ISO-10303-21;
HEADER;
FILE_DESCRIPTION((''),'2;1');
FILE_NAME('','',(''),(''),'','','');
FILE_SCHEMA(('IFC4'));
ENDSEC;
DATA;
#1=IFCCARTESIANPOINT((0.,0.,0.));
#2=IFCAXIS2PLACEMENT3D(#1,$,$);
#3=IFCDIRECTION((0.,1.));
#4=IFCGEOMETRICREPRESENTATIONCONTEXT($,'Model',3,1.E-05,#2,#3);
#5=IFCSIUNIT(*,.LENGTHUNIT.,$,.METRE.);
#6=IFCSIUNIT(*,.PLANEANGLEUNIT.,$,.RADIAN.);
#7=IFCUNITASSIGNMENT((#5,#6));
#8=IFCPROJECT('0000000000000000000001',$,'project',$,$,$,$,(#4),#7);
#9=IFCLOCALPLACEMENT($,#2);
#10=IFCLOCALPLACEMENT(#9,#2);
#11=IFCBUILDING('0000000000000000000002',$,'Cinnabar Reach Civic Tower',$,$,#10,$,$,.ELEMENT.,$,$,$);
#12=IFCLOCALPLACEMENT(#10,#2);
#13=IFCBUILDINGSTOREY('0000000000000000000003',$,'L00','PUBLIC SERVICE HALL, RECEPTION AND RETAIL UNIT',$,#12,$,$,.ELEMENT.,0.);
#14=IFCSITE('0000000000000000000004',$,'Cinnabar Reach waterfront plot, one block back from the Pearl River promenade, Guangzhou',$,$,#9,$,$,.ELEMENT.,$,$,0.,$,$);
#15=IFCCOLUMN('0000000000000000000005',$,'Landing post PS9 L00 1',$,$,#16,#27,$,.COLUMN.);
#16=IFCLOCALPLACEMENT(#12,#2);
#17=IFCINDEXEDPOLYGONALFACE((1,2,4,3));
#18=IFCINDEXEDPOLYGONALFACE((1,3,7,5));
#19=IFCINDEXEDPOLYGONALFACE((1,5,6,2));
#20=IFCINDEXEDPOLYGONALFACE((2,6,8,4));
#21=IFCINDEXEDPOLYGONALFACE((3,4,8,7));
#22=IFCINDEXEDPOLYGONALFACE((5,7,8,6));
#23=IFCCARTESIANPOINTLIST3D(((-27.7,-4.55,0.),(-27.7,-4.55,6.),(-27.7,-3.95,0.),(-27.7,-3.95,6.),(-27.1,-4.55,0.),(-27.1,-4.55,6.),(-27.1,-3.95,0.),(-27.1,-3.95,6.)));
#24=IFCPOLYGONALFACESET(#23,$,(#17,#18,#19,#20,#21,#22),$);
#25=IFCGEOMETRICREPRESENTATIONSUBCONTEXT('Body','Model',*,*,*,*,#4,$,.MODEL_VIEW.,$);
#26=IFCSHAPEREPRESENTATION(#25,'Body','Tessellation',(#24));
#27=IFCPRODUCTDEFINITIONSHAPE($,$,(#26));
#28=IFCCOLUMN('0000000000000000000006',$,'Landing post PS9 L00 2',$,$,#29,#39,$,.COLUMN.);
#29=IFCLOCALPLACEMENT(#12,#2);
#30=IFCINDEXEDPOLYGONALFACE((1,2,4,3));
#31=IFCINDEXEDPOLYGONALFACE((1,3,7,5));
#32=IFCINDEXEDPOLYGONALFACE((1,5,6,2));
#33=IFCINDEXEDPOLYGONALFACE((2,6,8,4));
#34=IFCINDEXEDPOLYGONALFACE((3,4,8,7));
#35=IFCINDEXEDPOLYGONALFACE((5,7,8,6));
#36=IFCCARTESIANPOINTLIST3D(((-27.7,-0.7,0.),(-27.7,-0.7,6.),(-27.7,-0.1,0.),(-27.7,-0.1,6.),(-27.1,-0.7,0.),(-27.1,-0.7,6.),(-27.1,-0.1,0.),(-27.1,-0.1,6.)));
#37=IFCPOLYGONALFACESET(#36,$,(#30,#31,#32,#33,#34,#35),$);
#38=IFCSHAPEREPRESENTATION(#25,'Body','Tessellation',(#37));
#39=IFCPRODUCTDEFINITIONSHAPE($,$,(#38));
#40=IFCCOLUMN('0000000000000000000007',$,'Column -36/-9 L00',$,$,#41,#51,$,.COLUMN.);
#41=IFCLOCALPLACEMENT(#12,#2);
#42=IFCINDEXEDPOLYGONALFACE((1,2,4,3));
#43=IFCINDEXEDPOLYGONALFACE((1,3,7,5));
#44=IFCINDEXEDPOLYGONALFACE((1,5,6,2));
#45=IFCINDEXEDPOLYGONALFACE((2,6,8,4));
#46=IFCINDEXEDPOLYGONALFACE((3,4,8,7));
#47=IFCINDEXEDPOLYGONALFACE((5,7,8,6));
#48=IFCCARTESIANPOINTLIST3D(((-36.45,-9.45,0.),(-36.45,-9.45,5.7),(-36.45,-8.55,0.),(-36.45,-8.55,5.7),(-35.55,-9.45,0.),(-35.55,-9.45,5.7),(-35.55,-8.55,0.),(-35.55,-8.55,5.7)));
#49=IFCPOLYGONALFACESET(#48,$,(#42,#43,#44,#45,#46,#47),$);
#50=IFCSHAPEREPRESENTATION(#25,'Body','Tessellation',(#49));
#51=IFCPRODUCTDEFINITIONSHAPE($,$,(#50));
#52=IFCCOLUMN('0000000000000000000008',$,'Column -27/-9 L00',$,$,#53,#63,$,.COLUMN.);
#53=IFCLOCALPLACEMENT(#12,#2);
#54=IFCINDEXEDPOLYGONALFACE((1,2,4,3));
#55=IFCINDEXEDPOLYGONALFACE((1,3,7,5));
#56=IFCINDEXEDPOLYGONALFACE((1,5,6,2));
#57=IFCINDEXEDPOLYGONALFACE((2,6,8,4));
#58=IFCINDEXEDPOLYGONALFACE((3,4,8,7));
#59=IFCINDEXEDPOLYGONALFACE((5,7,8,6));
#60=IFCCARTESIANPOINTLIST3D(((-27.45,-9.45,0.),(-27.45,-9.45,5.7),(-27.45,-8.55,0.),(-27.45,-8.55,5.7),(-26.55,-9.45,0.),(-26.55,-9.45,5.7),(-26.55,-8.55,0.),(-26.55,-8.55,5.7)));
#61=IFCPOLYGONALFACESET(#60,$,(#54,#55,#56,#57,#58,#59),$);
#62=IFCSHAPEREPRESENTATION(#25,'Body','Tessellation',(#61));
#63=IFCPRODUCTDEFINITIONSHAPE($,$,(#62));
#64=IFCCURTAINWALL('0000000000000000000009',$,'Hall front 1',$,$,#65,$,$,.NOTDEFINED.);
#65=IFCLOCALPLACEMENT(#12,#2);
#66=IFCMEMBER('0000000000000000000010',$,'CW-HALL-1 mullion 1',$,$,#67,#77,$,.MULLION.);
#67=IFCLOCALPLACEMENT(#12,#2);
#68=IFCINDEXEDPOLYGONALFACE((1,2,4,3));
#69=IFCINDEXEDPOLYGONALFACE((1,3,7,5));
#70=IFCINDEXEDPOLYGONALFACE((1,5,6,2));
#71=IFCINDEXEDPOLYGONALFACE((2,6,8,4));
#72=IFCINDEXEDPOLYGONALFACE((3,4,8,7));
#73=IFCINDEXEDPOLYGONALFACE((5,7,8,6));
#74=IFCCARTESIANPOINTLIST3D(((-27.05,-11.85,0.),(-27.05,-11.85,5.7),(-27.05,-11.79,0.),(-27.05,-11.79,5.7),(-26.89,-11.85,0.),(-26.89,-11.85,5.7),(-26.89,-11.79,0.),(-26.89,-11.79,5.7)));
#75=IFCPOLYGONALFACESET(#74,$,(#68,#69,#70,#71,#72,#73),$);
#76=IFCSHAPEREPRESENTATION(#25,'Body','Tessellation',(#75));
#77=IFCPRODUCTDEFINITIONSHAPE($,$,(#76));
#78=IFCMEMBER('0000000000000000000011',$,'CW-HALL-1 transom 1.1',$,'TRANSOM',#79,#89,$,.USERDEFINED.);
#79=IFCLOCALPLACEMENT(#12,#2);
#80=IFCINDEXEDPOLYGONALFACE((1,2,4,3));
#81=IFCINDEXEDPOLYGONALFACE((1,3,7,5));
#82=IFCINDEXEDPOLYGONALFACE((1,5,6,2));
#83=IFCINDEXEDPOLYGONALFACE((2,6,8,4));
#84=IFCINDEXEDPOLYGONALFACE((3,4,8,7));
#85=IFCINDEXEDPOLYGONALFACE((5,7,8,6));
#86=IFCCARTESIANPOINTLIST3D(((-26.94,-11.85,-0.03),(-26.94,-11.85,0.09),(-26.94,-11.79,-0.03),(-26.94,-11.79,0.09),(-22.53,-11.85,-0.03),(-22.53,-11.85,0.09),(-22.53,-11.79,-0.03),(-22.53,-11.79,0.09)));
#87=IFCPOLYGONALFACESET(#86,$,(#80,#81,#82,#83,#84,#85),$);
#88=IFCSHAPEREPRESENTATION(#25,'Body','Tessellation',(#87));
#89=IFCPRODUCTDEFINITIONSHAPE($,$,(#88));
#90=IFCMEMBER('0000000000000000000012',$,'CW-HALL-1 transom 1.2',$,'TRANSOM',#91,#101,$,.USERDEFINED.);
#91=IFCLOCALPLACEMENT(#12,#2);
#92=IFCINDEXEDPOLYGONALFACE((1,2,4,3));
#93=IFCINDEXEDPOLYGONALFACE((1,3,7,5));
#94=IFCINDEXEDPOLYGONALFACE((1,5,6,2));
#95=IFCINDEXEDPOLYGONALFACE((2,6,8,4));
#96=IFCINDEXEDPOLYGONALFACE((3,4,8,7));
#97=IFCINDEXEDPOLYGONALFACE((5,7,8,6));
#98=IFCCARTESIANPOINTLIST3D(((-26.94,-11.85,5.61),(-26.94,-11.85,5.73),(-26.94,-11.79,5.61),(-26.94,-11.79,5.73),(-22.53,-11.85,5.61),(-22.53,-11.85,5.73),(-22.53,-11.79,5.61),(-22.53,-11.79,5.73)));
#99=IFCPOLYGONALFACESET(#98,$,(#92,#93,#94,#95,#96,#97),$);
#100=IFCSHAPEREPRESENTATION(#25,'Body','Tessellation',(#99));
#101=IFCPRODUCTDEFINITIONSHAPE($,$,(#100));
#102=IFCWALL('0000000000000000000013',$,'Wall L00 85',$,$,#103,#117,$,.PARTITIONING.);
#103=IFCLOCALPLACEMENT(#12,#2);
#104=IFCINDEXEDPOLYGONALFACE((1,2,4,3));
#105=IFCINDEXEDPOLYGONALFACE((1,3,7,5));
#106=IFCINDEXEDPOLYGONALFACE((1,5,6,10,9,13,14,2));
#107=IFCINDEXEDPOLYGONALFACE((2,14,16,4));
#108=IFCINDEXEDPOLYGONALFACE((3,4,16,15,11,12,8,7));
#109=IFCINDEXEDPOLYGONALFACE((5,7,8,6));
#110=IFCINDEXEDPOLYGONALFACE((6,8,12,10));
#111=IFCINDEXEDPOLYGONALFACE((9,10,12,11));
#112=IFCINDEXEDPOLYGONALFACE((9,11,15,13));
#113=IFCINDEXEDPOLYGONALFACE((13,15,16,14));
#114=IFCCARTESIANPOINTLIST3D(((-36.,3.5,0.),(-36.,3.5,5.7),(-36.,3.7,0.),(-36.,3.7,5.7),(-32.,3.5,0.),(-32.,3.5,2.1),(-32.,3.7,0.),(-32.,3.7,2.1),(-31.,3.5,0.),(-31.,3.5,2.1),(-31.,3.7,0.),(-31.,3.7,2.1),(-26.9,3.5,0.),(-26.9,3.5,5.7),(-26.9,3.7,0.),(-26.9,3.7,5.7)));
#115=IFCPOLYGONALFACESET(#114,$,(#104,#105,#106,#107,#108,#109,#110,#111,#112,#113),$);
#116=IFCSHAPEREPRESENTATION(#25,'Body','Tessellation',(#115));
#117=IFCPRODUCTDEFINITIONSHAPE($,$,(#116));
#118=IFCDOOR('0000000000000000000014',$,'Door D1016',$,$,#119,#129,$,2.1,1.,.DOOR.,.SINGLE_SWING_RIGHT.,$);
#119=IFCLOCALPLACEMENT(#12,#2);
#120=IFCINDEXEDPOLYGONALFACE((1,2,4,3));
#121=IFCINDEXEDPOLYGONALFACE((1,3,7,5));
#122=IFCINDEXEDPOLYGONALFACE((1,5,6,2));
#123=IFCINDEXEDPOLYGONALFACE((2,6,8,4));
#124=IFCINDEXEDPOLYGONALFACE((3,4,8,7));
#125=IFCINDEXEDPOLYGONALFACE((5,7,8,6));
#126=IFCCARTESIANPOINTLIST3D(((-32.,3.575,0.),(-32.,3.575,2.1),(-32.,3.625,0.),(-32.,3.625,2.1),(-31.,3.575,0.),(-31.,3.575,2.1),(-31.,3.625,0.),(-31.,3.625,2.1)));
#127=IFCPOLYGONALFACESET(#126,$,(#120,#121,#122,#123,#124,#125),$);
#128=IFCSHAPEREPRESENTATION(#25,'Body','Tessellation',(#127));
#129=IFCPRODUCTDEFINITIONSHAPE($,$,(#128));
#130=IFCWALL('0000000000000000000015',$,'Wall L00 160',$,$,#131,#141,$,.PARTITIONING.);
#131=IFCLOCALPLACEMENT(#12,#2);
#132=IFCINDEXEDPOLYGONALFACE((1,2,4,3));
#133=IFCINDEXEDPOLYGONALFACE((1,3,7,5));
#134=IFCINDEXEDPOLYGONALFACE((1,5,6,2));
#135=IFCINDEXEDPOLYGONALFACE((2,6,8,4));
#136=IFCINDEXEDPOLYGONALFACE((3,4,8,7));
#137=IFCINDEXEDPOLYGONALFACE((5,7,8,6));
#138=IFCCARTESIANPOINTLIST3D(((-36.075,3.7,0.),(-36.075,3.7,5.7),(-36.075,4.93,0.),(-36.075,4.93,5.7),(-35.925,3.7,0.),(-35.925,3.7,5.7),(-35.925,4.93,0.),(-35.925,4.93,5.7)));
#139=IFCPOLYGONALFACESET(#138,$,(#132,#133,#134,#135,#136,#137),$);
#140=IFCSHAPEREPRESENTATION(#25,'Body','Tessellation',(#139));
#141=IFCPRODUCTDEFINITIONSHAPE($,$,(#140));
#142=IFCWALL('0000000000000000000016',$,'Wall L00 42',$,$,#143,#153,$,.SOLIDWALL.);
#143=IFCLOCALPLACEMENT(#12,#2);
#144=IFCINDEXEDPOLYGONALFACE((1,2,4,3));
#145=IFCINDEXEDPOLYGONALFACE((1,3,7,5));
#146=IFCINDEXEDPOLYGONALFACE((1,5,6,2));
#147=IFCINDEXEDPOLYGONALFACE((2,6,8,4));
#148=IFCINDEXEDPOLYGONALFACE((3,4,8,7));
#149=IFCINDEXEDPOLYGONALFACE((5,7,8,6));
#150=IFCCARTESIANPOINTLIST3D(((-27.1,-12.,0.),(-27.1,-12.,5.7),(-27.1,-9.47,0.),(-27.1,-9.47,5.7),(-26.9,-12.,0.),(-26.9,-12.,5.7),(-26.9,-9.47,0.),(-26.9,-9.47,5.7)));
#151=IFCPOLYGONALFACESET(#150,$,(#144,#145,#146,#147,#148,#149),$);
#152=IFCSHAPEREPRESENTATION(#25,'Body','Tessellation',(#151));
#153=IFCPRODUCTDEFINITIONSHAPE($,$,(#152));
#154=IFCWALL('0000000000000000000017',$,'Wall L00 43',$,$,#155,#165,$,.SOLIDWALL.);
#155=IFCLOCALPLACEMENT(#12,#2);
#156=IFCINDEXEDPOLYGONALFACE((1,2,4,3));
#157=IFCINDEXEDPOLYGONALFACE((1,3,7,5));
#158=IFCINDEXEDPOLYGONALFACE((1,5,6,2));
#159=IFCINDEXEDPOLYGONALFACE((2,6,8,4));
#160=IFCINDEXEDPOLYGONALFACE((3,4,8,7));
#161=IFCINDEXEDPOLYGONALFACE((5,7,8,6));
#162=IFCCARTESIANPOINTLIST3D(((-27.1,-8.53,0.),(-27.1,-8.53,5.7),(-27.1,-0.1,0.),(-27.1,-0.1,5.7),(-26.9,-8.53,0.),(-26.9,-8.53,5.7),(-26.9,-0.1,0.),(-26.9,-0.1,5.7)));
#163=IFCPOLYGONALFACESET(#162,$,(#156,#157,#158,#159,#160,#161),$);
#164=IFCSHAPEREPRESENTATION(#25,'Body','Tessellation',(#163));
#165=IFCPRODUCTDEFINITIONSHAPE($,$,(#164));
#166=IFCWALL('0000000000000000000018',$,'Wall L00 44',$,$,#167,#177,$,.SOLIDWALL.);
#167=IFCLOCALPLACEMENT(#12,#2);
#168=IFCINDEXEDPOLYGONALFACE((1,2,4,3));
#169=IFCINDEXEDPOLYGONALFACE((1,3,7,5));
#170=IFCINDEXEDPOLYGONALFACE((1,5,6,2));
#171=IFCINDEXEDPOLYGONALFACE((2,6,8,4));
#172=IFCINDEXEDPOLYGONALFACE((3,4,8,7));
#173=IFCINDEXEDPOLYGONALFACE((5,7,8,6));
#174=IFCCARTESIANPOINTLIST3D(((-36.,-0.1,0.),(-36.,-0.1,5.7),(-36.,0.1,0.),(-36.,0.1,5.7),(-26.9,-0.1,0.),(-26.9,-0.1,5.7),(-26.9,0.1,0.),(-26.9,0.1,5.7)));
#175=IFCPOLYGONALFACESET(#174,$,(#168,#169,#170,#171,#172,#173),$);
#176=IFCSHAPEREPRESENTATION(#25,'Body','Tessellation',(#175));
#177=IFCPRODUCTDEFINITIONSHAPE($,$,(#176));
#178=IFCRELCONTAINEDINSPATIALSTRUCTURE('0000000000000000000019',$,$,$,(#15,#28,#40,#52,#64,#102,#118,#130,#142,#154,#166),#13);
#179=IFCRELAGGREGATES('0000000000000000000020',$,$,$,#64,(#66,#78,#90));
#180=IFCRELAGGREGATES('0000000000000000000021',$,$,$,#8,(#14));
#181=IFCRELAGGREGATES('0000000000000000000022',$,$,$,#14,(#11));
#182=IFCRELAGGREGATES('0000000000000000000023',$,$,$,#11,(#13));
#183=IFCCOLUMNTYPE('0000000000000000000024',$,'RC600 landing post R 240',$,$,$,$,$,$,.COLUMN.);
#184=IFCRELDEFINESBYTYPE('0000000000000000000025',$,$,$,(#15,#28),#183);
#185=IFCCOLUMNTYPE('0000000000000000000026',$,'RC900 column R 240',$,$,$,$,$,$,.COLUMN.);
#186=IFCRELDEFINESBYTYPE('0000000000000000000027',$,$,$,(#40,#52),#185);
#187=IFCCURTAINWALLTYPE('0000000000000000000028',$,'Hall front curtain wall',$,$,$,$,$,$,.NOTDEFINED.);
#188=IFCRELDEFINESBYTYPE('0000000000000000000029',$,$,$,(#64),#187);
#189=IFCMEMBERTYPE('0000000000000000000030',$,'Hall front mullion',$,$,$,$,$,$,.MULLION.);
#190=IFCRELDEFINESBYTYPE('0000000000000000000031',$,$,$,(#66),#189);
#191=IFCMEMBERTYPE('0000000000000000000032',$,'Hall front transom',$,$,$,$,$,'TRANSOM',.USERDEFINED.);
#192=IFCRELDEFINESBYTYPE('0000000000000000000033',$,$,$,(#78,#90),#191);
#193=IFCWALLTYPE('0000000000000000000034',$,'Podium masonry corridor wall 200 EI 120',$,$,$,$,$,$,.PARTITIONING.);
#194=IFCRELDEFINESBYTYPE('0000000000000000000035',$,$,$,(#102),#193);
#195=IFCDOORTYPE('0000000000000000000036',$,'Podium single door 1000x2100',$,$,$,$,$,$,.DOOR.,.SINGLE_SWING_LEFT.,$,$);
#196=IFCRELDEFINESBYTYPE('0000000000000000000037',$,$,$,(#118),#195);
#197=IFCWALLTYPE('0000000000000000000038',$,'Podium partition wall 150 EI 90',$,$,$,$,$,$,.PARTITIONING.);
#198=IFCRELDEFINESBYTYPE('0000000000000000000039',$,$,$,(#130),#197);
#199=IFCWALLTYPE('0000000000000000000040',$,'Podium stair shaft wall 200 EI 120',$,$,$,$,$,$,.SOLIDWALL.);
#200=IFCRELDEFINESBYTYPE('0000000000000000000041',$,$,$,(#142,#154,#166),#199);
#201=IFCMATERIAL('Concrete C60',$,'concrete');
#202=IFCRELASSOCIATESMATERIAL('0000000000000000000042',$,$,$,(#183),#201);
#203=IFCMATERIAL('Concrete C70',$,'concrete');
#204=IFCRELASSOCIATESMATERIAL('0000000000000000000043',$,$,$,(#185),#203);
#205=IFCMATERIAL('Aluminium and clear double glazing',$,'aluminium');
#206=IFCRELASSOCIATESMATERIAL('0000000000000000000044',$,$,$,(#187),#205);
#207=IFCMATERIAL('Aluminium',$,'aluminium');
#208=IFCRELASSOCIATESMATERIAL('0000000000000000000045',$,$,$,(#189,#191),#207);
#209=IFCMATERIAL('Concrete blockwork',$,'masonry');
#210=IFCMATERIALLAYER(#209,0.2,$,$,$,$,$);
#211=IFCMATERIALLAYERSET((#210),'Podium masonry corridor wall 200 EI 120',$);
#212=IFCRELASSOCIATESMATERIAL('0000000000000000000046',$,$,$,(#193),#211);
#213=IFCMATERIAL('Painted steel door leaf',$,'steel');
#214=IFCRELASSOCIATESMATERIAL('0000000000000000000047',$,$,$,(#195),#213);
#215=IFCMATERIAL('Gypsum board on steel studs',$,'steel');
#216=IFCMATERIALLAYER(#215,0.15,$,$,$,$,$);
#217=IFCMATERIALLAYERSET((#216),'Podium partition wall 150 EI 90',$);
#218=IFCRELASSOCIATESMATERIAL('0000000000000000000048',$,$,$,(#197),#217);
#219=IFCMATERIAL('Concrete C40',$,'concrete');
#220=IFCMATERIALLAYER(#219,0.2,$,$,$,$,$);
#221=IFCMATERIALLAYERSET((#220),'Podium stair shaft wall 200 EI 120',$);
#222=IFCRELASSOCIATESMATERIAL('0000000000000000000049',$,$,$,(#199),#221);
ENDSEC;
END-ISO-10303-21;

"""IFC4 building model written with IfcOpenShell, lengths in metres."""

from ifc_helpers import new_model, si_unit, direction, frame, frame_2d, origin, origin_2d, place, context, subcontext, project, spatial, rectangle, extrude, material, layer, layer_set, material_profile, profile_set, type_object, element, fill, aggregate, save


model = new_model("IFC4")

# Units and contexts
model_context = context("Model", 3, precision=1e-05, world=origin(), true_north=direction((0.0, 1.0)))
body_context = subcontext(model_context, "Body", "Model", "MODEL_VIEW")
ifc_project = project(units=[si_unit("LENGTHUNIT", "METRE"), si_unit("PLANEANGLEUNIT", "RADIAN")], contexts=[model_context])

# Site, building, storey
site_placement = place(None, origin())
site = spatial("IfcSite", under=ifc_project, at=site_placement, Name="Cinnabar Reach waterfront plot, one block back from the Pearl River promenade, Guangzhou", CompositionType="ELEMENT", RefElevation=0.0)
building_placement = place(site_placement, origin())
building = spatial("IfcBuilding", under=site, at=building_placement, Name="Cinnabar Reach Civic Tower", CompositionType="ELEMENT")
storey_placement = place(building_placement, origin())
storey = spatial("IfcBuildingStorey", under=building, at=storey_placement, Name="L00", Description="PUBLIC SERVICE HALL, RECEPTION AND RETAIL UNIT", CompositionType="ELEMENT", Elevation=0.0)

# Columns
ifc_material_1 = material(Name="Concrete C60", Category="concrete")
ifc_material_profile_1 = material_profile(ifc_material_1, rectangle(XDim=0.6, YDim=0.6, at=origin_2d()), Name="RC600")
ifc_profile_set_1 = profile_set([ifc_material_profile_1], Name="Concrete C60")
column_type_1 = type_object("IfcColumnType", Name="RC600 landing post R 240", PredefinedType="COLUMN", material=ifc_profile_set_1)
for number, where, z_axis, x_axis, name in (
    (1, (-27.4, -4.25, 0.0), (0.0, 0.0, 1.0), (1.0, 0.0, 0.0), "Landing post PS9 L00 1"),
    (2, (-27.4, -0.4, 0.0), (0.0, 0.0, 1.0), (1.0, 0.0, 0.0), "Landing post PS9 L00 2"),
):
    element("IfcColumn", number, at=place(storey_placement, frame(where, z_axis=z_axis, x_axis=x_axis)), inside=storey, type_object=column_type_1, Name=name, PredefinedType="COLUMN", context=body_context, shape_type="SweptSolid", body=[
        extrude(rectangle(XDim=0.6, YDim=0.6, at=origin_2d()), origin(), (0.0, 0.0, 1.0), 6.0),
    ])
ifc_material_2 = material(Name="Concrete C70", Category="concrete")
ifc_material_profile_2 = material_profile(ifc_material_2, rectangle(XDim=0.9, YDim=0.9, at=origin_2d()), Name="RC900")
ifc_profile_set_2 = profile_set([ifc_material_profile_2], Name="Concrete C70")
column_type_2 = type_object("IfcColumnType", Name="RC900 column R 240", PredefinedType="COLUMN", material=ifc_profile_set_2)
for number, where, z_axis, x_axis, name in (
    (3, (-36.0, -9.0, 0.0), (0.0, 0.0, 1.0), (1.0, 0.0, 0.0), "Column -36/-9 L00"),
    (4, (-27.0, -9.0, 0.0), (0.0, 0.0, 1.0), (1.0, 0.0, 0.0), "Column -27/-9 L00"),
):
    element("IfcColumn", number, at=place(storey_placement, frame(where, z_axis=z_axis, x_axis=x_axis)), inside=storey, type_object=column_type_2, Name=name, PredefinedType="COLUMN", context=body_context, shape_type="SweptSolid", body=[
        extrude(rectangle(XDim=0.9, YDim=0.9, at=origin_2d()), origin(), (0.0, 0.0, 1.0), 5.7),
    ])

# Curtain wall, members
ifc_material_3 = material(Name="Aluminium and clear double glazing", Category="aluminium")
curtain_wall_type = type_object("IfcCurtainWallType", Name="Hall front curtain wall", PredefinedType="NOTDEFINED", material=ifc_material_3)
curtain_wall_placement = place(storey_placement, origin())
curtain_wall = element("IfcCurtainWall", 5, at=curtain_wall_placement, inside=storey, type_object=curtain_wall_type, Name="Hall front 1", PredefinedType="NOTDEFINED")
ifc_material_4 = material(Name="Aluminium", Category="aluminium")
ifc_material_profile_3 = material_profile(ifc_material_4, rectangle(XDim=0.06, YDim=0.16, at=origin_2d()), Name="Hall front mullion")
ifc_profile_set_3 = profile_set([ifc_material_profile_3], Name="Aluminium")
member_type_1 = type_object("IfcMemberType", Name="Hall front mullion", PredefinedType="MULLION", material=ifc_profile_set_3)
member_1_placement = place(storey_placement, frame((-26.97, -11.82, 0.0), z_axis=(0.0, 0.0, 1.0), x_axis=(0.0, 1.0, 0.0)))
member_1 = element("IfcMember", 6, at=member_1_placement, type_object=member_type_1, Name="CW-HALL-1 mullion 1", PredefinedType="MULLION", context=body_context, shape_type="SweptSolid", body=[
    extrude(rectangle(XDim=0.06, YDim=0.16, at=origin_2d()), origin(), (0.0, 0.0, 1.0), 5.7),
])
ifc_material_profile_4 = material_profile(ifc_material_4, rectangle(XDim=0.06, YDim=0.12, at=origin_2d()), Name="Hall front transom")
ifc_profile_set_4 = profile_set([ifc_material_profile_4], Name="Aluminium")
member_type_2 = type_object("IfcMemberType", Name="Hall front transom", ElementType="TRANSOM", PredefinedType="USERDEFINED", material=ifc_profile_set_4)
member_2_placement = place(storey_placement, frame((-26.94, -11.82, 0.03), z_axis=(1.0, 0.0, 0.0), x_axis=(0.0, 1.0, 0.0)))
member_2 = element("IfcMember", 7, at=member_2_placement, type_object=member_type_2, Name="CW-HALL-1 transom 1.1", ObjectType="TRANSOM", PredefinedType="USERDEFINED", context=body_context, shape_type="SweptSolid", body=[
    extrude(rectangle(XDim=0.06, YDim=0.12, at=origin_2d()), origin(), (0.0, 0.0, 1.0), 4.41),
])
member_3_placement = place(storey_placement, frame((-26.94, -11.82, 5.67), z_axis=(1.0, 0.0, 0.0), x_axis=(0.0, 1.0, 0.0)))
member_3 = element("IfcMember", 8, at=member_3_placement, type_object=member_type_2, Name="CW-HALL-1 transom 1.2", ObjectType="TRANSOM", PredefinedType="USERDEFINED", context=body_context, shape_type="SweptSolid", body=[
    extrude(rectangle(XDim=0.06, YDim=0.12, at=origin_2d()), origin(), (0.0, 0.0, 1.0), 4.41),
])
aggregate(curtain_wall, [member_1, member_2, member_3])

# Wall, opening, door
ifc_material_5 = material(Name="Concrete blockwork", Category="masonry")
ifc_layer_1 = layer(ifc_material_5, 0.2)
ifc_layer_set_1 = layer_set([ifc_layer_1], Name="Podium masonry corridor wall 200 EI 120")
wall_type_1 = type_object("IfcWallType", Name="Podium masonry corridor wall 200 EI 120", PredefinedType="PARTITIONING", material=ifc_layer_set_1)
wall_1_placement = place(storey_placement, frame((-36.0, 3.6, 0.0), z_axis=(0.0, 0.0, 1.0), x_axis=(1.0, 0.0, 0.0)))
wall_1 = element("IfcWall", 9, at=wall_1_placement, inside=storey, type_object=wall_type_1, Name="Wall L00 85", PredefinedType="PARTITIONING", context=body_context, shape_type="SweptSolid", body=[
    extrude(rectangle(XDim=9.1, YDim=0.2, at=frame_2d((4.55, 0.0))), origin(), (0.0, 0.0, 1.0), 5.7),
])
opening_placement = place(wall_1_placement, frame((4.0, 0.0, 0.0)))
opening = element("IfcOpeningElement", 10, at=opening_placement, cuts=wall_1, PredefinedType="OPENING", context=body_context, shape_type="SweptSolid", body=[
    extrude(rectangle(XDim=1.0, YDim=2.1, at=frame_2d((0.5, 1.05))), frame((0.0, 0.11, 0.0), z_axis=(0.0, -1.0, 0.0), x_axis=(1.0, 0.0, 0.0)), (0.0, 0.0, 1.0), 0.22),
])
ifc_material_6 = material(Name="Painted steel door leaf", Category="steel")
door_type = type_object("IfcDoorType", Name="Podium single door 1000x2100", OperationType="SINGLE_SWING_LEFT", PredefinedType="DOOR", material=ifc_material_6)
door_placement = place(opening_placement, origin())
door = element("IfcDoor", 11, at=door_placement, inside=storey, type_object=door_type, Name="Door D1016", OperationType="SINGLE_SWING_RIGHT", OverallHeight=2.1, OverallWidth=1.0, PredefinedType="DOOR", context=body_context, shape_type="SweptSolid", body=[
    extrude(rectangle(XDim=1.0, YDim=2.1, at=frame_2d((0.5, 1.05))), frame((0.0, 0.025, 0.0), z_axis=(0.0, -1.0, 0.0), x_axis=(1.0, 0.0, 0.0)), (0.0, 0.0, 1.0), 0.05),
])
fill(opening, door)

# Walls
ifc_material_7 = material(Name="Gypsum board on steel studs", Category="steel")
ifc_layer_2 = layer(ifc_material_7, 0.15)
ifc_layer_set_2 = layer_set([ifc_layer_2], Name="Podium partition wall 150 EI 90")
wall_type_2 = type_object("IfcWallType", Name="Podium partition wall 150 EI 90", PredefinedType="PARTITIONING", material=ifc_layer_set_2)
wall_2_placement = place(storey_placement, frame((-36.0, 3.7, 0.0), z_axis=(0.0, 0.0, 1.0), x_axis=(0.0, 1.0, 0.0)))
element("IfcWall", 12, at=wall_2_placement, inside=storey, type_object=wall_type_2, Name="Wall L00 160", PredefinedType="PARTITIONING", context=body_context, shape_type="SweptSolid", body=[
    extrude(rectangle(XDim=1.23, YDim=0.15, at=frame_2d((0.615, 0.0))), origin(), (0.0, 0.0, 1.0), 5.7),
])
ifc_material_8 = material(Name="Concrete C40", Category="concrete")
ifc_layer_3 = layer(ifc_material_8, 0.2)
ifc_layer_set_3 = layer_set([ifc_layer_3], Name="Podium stair shaft wall 200 EI 120")
wall_type_3 = type_object("IfcWallType", Name="Podium stair shaft wall 200 EI 120", PredefinedType="SOLIDWALL", material=ifc_layer_set_3)
wall_3_placement = place(storey_placement, frame((-27.0, -12.0, 0.0), z_axis=(0.0, 0.0, 1.0), x_axis=(0.0, 1.0, 0.0)))
element("IfcWall", 13, at=wall_3_placement, inside=storey, type_object=wall_type_3, Name="Wall L00 42", PredefinedType="SOLIDWALL", context=body_context, shape_type="SweptSolid", body=[
    extrude(rectangle(XDim=2.53, YDim=0.2, at=frame_2d((1.265, 0.0))), origin(), (0.0, 0.0, 1.0), 5.7),
])
wall_4_placement = place(storey_placement, frame((-27.0, -8.53, 0.0), z_axis=(0.0, 0.0, 1.0), x_axis=(0.0, 1.0, 0.0)))
element("IfcWall", 14, at=wall_4_placement, inside=storey, type_object=wall_type_3, Name="Wall L00 43", PredefinedType="SOLIDWALL", context=body_context, shape_type="SweptSolid", body=[
    extrude(rectangle(XDim=8.43, YDim=0.2, at=frame_2d((4.215, 0.0))), origin(), (0.0, 0.0, 1.0), 5.7),
])
wall_5_placement = place(storey_placement, frame((-36.0, 0.0, 0.0), z_axis=(0.0, 0.0, 1.0), x_axis=(1.0, 0.0, 0.0)))
element("IfcWall", 15, at=wall_5_placement, inside=storey, type_object=wall_type_3, Name="Wall L00 44", PredefinedType="SOLIDWALL", context=body_context, shape_type="SweptSolid", body=[
    extrude(rectangle(XDim=9.1, YDim=0.2, at=frame_2d((4.55, 0.0))), origin(), (0.0, 0.0, 1.0), 5.7),
])

save(model, "model.ifc")
